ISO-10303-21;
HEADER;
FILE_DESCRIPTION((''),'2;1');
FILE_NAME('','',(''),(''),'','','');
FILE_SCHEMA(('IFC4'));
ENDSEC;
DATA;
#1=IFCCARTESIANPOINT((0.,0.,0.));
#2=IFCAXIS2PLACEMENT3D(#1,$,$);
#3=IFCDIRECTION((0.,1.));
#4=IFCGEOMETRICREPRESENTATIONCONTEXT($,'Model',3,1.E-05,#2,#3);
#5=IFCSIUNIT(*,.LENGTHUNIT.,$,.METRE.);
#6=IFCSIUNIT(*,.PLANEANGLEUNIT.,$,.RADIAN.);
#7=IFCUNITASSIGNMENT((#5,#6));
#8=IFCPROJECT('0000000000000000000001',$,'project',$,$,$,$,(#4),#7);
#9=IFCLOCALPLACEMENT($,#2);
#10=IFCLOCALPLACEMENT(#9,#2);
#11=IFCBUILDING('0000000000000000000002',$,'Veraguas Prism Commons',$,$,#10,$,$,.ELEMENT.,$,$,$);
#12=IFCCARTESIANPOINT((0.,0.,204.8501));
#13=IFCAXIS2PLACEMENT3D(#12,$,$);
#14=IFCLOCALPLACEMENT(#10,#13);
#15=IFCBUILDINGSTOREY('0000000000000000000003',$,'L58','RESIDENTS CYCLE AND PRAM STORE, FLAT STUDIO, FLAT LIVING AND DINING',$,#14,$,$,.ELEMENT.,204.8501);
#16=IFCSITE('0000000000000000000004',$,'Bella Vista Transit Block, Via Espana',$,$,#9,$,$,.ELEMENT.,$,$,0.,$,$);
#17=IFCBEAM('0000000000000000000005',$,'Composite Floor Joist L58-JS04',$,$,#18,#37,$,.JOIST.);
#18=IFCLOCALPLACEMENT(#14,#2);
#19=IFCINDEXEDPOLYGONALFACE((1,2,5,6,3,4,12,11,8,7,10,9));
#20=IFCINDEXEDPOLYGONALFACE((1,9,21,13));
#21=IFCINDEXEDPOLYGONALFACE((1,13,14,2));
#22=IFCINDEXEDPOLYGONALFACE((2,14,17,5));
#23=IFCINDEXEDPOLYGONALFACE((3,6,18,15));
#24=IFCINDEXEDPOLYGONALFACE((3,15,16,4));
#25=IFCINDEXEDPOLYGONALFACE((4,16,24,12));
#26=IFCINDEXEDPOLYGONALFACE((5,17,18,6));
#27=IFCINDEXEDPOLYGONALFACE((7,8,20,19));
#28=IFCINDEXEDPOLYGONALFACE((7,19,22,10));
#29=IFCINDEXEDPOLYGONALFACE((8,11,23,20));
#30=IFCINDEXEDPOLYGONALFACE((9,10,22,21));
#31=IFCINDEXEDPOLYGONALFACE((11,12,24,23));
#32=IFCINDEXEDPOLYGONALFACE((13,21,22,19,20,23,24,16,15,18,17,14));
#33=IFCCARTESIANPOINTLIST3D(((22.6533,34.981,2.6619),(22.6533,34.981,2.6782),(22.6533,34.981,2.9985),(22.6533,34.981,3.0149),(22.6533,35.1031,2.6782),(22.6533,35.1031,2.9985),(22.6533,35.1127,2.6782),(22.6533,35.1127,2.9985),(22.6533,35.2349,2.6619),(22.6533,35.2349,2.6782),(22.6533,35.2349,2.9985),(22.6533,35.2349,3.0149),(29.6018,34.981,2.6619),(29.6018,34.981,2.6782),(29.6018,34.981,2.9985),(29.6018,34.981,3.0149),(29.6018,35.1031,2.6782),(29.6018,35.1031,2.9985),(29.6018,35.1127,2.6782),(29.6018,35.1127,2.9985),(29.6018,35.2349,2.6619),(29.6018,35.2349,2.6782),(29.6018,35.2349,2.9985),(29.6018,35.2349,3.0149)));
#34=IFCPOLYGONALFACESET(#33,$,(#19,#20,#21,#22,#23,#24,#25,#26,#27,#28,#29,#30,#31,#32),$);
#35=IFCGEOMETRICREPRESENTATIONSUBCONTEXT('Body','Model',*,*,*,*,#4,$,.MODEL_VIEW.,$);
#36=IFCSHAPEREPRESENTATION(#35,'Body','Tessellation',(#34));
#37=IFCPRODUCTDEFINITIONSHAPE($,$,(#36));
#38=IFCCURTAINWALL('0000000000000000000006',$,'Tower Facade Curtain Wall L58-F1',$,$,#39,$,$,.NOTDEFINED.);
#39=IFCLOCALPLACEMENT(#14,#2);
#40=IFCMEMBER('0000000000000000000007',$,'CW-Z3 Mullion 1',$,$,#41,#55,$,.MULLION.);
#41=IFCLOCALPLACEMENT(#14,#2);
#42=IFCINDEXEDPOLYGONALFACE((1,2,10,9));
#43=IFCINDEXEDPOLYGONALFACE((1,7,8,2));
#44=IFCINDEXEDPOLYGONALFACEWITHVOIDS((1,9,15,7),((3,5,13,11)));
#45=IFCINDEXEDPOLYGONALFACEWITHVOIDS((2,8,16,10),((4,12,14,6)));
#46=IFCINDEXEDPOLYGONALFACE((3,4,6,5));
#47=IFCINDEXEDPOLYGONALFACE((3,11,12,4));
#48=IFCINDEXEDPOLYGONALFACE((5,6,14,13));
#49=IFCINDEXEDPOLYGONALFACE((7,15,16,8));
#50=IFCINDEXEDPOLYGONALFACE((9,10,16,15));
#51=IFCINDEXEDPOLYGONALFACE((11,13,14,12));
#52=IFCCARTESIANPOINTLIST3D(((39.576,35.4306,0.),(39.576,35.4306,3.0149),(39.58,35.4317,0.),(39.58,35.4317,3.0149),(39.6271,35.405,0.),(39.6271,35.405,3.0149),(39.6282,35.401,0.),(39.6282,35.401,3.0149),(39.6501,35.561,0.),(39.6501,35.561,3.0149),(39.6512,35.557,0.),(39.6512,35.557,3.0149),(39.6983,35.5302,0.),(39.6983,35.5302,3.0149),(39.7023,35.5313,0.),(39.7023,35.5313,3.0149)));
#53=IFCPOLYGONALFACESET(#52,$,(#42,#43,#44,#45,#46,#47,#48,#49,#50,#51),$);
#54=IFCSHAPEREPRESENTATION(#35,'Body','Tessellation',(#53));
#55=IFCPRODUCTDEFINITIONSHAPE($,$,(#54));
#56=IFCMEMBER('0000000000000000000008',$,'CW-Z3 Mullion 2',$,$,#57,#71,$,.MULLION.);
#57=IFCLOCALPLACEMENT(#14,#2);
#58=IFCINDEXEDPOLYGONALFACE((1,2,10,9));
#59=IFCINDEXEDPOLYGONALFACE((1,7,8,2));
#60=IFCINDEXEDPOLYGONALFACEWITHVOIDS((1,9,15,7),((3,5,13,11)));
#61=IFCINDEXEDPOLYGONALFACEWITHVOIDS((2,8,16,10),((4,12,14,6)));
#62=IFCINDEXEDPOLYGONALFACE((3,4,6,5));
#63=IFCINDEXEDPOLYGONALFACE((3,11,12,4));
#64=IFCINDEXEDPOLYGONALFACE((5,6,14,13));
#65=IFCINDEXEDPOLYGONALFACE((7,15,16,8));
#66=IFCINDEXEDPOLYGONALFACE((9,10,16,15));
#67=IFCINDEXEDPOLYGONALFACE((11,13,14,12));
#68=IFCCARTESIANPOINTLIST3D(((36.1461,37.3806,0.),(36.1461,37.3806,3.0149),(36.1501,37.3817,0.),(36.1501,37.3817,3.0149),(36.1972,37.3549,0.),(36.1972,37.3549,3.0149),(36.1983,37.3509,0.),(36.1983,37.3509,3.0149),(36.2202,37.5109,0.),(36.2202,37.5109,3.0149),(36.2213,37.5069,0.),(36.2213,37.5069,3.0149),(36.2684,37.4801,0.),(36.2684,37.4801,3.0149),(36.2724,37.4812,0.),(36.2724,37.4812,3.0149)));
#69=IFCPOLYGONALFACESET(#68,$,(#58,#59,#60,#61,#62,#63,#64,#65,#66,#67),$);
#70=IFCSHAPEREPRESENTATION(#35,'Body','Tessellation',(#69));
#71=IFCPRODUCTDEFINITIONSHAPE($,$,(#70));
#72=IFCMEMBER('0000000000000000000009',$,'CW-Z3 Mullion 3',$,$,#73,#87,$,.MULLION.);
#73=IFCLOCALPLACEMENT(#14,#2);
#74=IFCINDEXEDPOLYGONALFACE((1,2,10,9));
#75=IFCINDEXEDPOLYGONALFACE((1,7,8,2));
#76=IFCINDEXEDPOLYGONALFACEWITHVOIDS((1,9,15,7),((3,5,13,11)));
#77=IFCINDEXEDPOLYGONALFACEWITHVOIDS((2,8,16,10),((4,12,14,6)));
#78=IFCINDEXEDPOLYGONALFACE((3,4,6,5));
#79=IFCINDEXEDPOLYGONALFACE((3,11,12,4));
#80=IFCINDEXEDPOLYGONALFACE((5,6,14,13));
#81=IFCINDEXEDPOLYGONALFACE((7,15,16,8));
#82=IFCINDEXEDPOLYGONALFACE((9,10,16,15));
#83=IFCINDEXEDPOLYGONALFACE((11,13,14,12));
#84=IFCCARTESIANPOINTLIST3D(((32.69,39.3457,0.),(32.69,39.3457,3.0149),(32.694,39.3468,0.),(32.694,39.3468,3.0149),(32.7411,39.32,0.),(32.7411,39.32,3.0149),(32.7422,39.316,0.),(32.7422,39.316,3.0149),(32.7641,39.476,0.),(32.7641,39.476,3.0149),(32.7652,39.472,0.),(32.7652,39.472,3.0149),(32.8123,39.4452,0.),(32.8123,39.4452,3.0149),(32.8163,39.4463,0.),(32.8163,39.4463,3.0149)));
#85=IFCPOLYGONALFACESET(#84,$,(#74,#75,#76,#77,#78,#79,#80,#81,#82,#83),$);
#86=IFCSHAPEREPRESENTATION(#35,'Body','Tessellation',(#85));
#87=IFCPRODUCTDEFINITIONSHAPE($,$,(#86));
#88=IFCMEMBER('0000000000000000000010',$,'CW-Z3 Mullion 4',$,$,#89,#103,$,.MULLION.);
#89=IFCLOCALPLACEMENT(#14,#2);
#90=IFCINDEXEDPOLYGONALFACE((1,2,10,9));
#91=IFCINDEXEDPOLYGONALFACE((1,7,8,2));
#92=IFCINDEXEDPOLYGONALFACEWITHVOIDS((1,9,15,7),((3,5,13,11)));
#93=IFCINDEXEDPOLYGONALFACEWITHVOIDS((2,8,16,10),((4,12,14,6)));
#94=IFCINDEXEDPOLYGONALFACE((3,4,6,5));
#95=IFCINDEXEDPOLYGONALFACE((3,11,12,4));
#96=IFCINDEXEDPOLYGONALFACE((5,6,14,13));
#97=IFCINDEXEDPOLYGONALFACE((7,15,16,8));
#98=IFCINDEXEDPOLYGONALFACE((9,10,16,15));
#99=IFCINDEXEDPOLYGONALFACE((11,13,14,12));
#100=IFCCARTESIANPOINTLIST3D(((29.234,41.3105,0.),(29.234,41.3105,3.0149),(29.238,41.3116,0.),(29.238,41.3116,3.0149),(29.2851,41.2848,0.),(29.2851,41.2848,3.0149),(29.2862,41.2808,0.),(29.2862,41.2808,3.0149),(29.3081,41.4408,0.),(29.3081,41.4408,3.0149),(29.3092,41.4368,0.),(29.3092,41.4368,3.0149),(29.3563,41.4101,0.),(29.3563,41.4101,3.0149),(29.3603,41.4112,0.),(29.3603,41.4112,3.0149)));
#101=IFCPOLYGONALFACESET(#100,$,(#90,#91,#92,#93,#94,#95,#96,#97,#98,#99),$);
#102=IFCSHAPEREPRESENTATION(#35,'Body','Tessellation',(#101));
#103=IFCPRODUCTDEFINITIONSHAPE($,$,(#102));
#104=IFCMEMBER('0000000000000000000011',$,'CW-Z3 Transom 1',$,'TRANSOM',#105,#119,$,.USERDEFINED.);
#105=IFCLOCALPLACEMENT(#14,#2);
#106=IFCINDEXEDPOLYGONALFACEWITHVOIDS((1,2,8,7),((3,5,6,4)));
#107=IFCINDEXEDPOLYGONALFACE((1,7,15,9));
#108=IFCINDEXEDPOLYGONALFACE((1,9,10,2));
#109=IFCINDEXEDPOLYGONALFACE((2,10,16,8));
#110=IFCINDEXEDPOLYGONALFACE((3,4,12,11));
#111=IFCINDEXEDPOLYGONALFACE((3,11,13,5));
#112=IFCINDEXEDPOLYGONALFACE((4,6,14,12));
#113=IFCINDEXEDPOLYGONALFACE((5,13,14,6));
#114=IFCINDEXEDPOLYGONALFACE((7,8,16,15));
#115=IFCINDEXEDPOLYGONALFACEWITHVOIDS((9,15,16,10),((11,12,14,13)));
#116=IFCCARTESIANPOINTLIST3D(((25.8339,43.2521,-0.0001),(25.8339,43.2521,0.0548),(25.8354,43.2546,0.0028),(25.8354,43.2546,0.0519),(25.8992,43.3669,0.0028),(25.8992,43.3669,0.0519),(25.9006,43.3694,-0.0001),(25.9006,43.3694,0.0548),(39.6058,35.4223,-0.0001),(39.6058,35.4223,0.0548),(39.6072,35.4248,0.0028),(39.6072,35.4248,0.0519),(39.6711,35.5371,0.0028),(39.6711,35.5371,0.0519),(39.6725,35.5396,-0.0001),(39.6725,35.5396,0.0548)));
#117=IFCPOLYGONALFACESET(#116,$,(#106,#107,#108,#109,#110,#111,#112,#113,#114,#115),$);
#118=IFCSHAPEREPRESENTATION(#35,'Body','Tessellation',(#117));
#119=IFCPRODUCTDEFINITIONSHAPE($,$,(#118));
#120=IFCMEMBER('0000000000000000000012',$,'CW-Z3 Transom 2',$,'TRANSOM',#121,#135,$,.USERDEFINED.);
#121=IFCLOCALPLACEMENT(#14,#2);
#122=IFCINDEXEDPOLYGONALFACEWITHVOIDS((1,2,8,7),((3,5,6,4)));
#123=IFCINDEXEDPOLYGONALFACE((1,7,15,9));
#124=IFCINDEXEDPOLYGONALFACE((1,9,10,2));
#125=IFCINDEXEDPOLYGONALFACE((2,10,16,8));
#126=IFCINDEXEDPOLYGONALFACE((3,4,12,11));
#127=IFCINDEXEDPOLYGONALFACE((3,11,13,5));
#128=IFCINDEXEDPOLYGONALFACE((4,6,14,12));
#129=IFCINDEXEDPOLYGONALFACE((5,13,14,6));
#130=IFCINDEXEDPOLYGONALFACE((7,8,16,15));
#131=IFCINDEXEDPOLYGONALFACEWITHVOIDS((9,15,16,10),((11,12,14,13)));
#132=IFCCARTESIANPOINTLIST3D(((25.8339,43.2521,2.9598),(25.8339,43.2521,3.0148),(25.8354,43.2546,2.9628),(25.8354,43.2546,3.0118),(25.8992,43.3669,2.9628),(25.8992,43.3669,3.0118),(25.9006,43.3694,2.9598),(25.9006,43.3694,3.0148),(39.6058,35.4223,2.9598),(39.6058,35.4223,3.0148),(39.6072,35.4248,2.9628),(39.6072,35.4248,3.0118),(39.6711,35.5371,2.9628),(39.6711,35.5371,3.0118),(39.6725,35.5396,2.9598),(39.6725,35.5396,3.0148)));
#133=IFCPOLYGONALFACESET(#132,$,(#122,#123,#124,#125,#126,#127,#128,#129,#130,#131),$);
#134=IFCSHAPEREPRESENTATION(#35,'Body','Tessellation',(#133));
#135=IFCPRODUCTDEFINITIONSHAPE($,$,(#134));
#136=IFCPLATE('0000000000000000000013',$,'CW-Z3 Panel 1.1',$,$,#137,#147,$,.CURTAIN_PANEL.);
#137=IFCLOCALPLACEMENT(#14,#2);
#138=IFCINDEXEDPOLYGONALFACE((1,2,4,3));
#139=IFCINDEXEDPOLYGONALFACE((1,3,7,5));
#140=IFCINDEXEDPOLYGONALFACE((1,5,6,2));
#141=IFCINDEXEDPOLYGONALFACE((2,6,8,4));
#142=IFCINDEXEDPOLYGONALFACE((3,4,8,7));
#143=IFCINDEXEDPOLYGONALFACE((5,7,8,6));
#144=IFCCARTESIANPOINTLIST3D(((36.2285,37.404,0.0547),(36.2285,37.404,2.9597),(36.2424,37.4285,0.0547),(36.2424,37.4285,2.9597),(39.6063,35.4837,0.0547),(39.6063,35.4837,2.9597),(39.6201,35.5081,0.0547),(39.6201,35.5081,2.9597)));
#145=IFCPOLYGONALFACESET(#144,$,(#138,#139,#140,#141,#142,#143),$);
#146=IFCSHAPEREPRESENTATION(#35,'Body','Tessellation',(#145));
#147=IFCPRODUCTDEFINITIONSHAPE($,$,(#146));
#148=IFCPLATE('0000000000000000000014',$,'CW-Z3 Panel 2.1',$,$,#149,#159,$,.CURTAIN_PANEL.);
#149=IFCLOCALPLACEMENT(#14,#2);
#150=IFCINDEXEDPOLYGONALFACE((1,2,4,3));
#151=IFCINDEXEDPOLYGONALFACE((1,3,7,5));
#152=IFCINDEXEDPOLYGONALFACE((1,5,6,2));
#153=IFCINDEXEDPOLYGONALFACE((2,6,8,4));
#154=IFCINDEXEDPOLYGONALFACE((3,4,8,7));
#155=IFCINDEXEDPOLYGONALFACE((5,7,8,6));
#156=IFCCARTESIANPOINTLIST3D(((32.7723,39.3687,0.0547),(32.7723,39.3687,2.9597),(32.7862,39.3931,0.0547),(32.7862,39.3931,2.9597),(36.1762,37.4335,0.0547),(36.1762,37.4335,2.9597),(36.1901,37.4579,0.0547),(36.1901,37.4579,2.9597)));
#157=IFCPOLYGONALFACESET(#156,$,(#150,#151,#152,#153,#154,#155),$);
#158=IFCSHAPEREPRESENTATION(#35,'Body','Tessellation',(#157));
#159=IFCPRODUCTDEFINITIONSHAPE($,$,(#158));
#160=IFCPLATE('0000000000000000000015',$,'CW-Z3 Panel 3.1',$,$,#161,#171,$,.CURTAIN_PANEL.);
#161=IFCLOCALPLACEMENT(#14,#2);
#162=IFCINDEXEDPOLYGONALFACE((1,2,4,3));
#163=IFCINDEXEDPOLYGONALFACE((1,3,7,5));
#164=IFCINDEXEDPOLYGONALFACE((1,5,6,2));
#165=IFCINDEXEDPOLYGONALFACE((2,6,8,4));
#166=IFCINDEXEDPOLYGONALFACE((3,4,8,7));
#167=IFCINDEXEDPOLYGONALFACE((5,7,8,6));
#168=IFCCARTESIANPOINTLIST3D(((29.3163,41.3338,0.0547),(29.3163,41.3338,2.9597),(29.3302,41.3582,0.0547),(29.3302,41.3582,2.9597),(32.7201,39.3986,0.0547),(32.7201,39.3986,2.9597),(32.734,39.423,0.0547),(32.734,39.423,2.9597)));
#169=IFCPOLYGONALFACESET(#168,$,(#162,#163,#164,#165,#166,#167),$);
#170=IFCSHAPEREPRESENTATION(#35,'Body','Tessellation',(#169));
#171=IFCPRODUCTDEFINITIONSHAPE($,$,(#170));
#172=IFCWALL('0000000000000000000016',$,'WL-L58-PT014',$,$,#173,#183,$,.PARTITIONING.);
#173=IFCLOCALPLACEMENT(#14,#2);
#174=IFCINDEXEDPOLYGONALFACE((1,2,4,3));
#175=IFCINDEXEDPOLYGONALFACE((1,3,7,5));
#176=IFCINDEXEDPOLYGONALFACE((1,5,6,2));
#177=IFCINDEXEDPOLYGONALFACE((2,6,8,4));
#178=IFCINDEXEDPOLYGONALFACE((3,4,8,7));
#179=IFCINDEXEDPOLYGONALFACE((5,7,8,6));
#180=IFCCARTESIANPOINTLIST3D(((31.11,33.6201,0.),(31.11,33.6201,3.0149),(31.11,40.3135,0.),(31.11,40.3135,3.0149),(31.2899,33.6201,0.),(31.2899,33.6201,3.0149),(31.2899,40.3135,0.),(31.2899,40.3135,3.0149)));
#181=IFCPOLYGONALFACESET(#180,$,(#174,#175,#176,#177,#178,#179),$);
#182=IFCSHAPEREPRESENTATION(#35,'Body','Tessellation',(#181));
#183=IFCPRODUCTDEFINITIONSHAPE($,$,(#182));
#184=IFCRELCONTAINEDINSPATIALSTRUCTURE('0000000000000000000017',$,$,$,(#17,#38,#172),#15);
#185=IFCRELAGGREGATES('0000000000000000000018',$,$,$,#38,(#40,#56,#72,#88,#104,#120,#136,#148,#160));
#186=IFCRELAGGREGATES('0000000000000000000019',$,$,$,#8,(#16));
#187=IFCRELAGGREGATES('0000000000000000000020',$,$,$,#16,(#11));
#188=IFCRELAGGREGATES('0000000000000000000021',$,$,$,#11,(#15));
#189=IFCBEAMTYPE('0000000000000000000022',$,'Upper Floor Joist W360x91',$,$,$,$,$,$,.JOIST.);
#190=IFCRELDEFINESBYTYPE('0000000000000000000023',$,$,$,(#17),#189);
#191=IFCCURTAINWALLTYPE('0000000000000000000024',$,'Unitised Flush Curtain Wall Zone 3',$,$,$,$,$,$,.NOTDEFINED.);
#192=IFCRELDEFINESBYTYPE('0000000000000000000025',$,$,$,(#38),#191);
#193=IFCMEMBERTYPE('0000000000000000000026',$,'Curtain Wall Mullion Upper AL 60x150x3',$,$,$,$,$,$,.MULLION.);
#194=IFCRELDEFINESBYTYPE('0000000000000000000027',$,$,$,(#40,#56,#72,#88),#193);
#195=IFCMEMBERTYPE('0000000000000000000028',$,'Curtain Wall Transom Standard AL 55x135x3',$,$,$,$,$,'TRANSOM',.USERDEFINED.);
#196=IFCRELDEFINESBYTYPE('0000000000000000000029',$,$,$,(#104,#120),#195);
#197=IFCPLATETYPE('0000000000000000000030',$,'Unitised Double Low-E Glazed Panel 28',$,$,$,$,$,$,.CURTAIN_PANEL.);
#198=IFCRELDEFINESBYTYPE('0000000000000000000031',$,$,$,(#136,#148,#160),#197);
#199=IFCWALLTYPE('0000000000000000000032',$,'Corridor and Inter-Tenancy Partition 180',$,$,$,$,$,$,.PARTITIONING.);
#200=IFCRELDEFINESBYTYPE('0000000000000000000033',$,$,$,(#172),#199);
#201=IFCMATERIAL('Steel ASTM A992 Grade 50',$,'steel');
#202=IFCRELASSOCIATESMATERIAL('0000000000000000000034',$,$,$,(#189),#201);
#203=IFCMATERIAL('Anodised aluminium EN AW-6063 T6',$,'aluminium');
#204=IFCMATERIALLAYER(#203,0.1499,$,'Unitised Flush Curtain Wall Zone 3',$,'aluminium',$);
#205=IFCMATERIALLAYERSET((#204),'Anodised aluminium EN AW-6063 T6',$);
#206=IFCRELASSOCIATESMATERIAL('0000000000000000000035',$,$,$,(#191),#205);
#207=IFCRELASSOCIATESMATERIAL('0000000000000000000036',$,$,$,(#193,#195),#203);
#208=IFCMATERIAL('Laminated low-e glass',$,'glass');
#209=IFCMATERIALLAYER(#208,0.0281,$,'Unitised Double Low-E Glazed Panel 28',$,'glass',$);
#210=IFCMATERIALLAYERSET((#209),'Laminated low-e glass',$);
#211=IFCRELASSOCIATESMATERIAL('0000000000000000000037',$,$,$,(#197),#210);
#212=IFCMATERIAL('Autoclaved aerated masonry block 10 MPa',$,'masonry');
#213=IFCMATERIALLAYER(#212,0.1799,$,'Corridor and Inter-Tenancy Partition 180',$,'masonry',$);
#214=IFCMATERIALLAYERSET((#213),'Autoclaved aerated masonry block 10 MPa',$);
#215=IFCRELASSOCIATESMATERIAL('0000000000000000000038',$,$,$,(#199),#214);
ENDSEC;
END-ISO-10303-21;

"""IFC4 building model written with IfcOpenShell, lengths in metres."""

from ifc_helpers import new_model, si_unit, direction, frame, frame_2d, origin, origin_2d, place, context, subcontext, project, spatial, rectangle, hollow_rectangle, i_section, extrude, source, transform, mapped, material, layer, layer_set, material_profile, profile_set, type_object, element, aggregate, save


model = new_model("IFC4")

# Units and contexts
model_context = context("Model", 3, precision=1e-05, world=origin(), true_north=direction((0.0, 1.0)))
body_context = subcontext(model_context, "Body", "Model", "MODEL_VIEW")
ifc_project = project(units=[si_unit("LENGTHUNIT", "METRE"), si_unit("PLANEANGLEUNIT", "RADIAN")], contexts=[model_context])

# Site, building, storey
site_placement = place(None, origin())
site = spatial("IfcSite", under=ifc_project, at=site_placement, Name="Bella Vista Transit Block, Via Espana", CompositionType="ELEMENT", RefElevation=0.0)
building_placement = place(site_placement, origin())
building = spatial("IfcBuilding", under=site, at=building_placement, Name="Veraguas Prism Commons", CompositionType="ELEMENT")
storey_placement = place(building_placement, frame((0.0, 0.0, 204.8501)))
storey = spatial("IfcBuildingStorey", under=building, at=storey_placement, Name="L58", Description="RESIDENTS CYCLE AND PRAM STORE, FLAT STUDIO, FLAT LIVING AND DINING", CompositionType="ELEMENT", Elevation=204.8501)

# Beam
ifc_material_1 = material(Name="Steel ASTM A992 Grade 50", Category="steel")
ifc_material_profile_1 = material_profile(ifc_material_1, i_section(OverallWidth=0.2539, OverallDepth=0.353, WebThickness=0.0095, FlangeThickness=0.0164, at=origin_2d()), Name="W360X91")
ifc_profile_set_1 = profile_set([ifc_material_profile_1], Name="Steel ASTM A992 Grade 50")
beam_type = type_object("IfcBeamType", Name="Upper Floor Joist W360x91", PredefinedType="JOIST", material=ifc_profile_set_1)
beam_placement = place(storey_placement, frame((29.6018, 35.1079, 2.8384), z_axis=(-1.0, 0.0, 0.0), x_axis=(0.0, -1.0, 0.0)))
element("IfcBeam", 1, at=beam_placement, inside=storey, type_object=beam_type, Name="Composite Floor Joist L58-JS04", PredefinedType="JOIST", context=body_context, shape_type="SweptSolid", body=[
    extrude(i_section(OverallWidth=0.2539, OverallDepth=0.353, WebThickness=0.0095, FlangeThickness=0.0164, at=origin_2d()), origin(), (0.0, 0.0, 1.0), 6.9485),
])

# Curtain wall, members, plates
ifc_material_2 = material(Name="Anodised aluminium EN AW-6063 T6", Category="aluminium")
ifc_layer_1 = layer(ifc_material_2, 0.1499, Name="Unitised Flush Curtain Wall Zone 3", Category="aluminium")
ifc_layer_set_1 = layer_set([ifc_layer_1], Name="Anodised aluminium EN AW-6063 T6")
curtain_wall_type = type_object("IfcCurtainWallType", Name="Unitised Flush Curtain Wall Zone 3", PredefinedType="NOTDEFINED", material=ifc_layer_set_1)
curtain_wall_placement = place(storey_placement, origin())
curtain_wall = element("IfcCurtainWall", 2, at=curtain_wall_placement, inside=storey, type_object=curtain_wall_type, Name="Tower Facade Curtain Wall L58-F1", PredefinedType="NOTDEFINED")
ifc_material_profile_2 = material_profile(ifc_material_2, hollow_rectangle(XDim=0.0601, YDim=0.1499, WallThickness=0.0029, at=origin_2d()), Name="AL60X150X3")
ifc_profile_set_2 = profile_set([ifc_material_profile_2], Name="Anodised aluminium EN AW-6063 T6")
member_type_1 = type_object("IfcMemberType", Name="Curtain Wall Mullion Upper AL 60x150x3", PredefinedType="MULLION", material=ifc_profile_set_2)
shared_shape_1 = source(origin(), body_context, "Body", "SweptSolid", [
    extrude(hollow_rectangle(XDim=0.0601, YDim=0.1499, WallThickness=0.0029, at=origin_2d()), origin(), (0.0, 0.0, 1.0), 3.0149),
])
member_1_placement = place(storey_placement, frame((39.6392, 35.481, 0.0), z_axis=(0.0, 0.0, 1.0), x_axis=(-0.869323, 0.494244, 0.0)))
member_1 = element("IfcMember", 3, at=member_1_placement, type_object=member_type_1, Name="CW-Z3 Mullion 1", PredefinedType="MULLION", context=body_context, shape_type="MappedRepresentation", body=[
    mapped(shared_shape_1, transform((0.0, 0.0, 0.0), scale=1.0)),
])
member_2_placement = place(storey_placement, frame((36.2092, 37.4309, 0.0), z_axis=(0.0, 0.0, 1.0), x_axis=(-0.869323, 0.494244, 0.0)))
member_2 = element("IfcMember", 4, at=member_2_placement, type_object=member_type_1, Name="CW-Z3 Mullion 2", PredefinedType="MULLION", context=body_context, shape_type="MappedRepresentation", body=[
    mapped(shared_shape_1, transform((0.0, 0.0, 0.0), scale=1.0)),
])
member_3_placement = place(storey_placement, frame((32.7532, 39.396, 0.0), z_axis=(0.0, 0.0, 1.0), x_axis=(-0.869323, 0.494244, 0.0)))
member_3 = element("IfcMember", 5, at=member_3_placement, type_object=member_type_1, Name="CW-Z3 Mullion 3", PredefinedType="MULLION", context=body_context, shape_type="MappedRepresentation", body=[
    mapped(shared_shape_1, transform((0.0, 0.0, 0.0), scale=1.0)),
])
member_4_placement = place(storey_placement, frame((29.2971, 41.3608, 0.0), z_axis=(0.0, 0.0, 1.0), x_axis=(-0.869323, 0.494244, 0.0)))
member_4 = element("IfcMember", 6, at=member_4_placement, type_object=member_type_1, Name="CW-Z3 Mullion 4", PredefinedType="MULLION", context=body_context, shape_type="MappedRepresentation", body=[
    mapped(shared_shape_1, transform((0.0, 0.0, 0.0), scale=1.0)),
])
ifc_material_profile_3 = material_profile(ifc_material_2, hollow_rectangle(XDim=0.0549, YDim=0.135, WallThickness=0.0029, at=origin_2d()), Name="AL55X135X3")
ifc_profile_set_3 = profile_set([ifc_material_profile_3], Name="Anodised aluminium EN AW-6063 T6")
member_type_2 = type_object("IfcMemberType", Name="Curtain Wall Transom Standard AL 55x135x3", ElementType="TRANSOM", PredefinedType="USERDEFINED", material=ifc_profile_set_3)
shared_shape_2 = source(origin(), body_context, "Body", "SweptSolid", [
    extrude(hollow_rectangle(XDim=0.0549, YDim=0.135, WallThickness=0.0029, at=origin_2d()), origin(), (0.0, 0.0, 1.0), 15.842),
])
member_5_placement = place(storey_placement, frame((39.6392, 35.481, 0.0273), z_axis=(-0.869325, 0.494241, 0.0), x_axis=(0.0, 0.0, 1.0)))
member_5 = element("IfcMember", 7, at=member_5_placement, type_object=member_type_2, Name="CW-Z3 Transom 1", ObjectType="TRANSOM", PredefinedType="USERDEFINED", context=body_context, shape_type="MappedRepresentation", body=[
    mapped(shared_shape_2, transform((0.0, 0.0, 0.0), scale=1.0)),
])
member_6_placement = place(storey_placement, frame((39.6392, 35.481, 2.9873), z_axis=(-0.869325, 0.494241, 0.0), x_axis=(0.0, 0.0, 1.0)))
member_6 = element("IfcMember", 8, at=member_6_placement, type_object=member_type_2, Name="CW-Z3 Transom 2", ObjectType="TRANSOM", PredefinedType="USERDEFINED", context=body_context, shape_type="MappedRepresentation", body=[
    mapped(shared_shape_2, transform((0.0, 0.0, 0.0), scale=1.0)),
])
ifc_material_3 = material(Name="Laminated low-e glass", Category="glass")
ifc_layer_2 = layer(ifc_material_3, 0.0281, Name="Unitised Double Low-E Glazed Panel 28", Category="glass")
ifc_layer_set_2 = layer_set([ifc_layer_2], Name="Laminated low-e glass")
plate_type = type_object("IfcPlateType", Name="Unitised Double Low-E Glazed Panel 28", PredefinedType="CURTAIN_PANEL", material=ifc_layer_set_2)
shared_shape_3 = source(origin(), body_context, "Body", "SweptSolid", [
    extrude(rectangle(XDim=3.8855, YDim=0.0281, at=origin_2d()), origin(), (0.0, 0.0, 1.0), 2.905),
])
plate_1_placement = place(storey_placement, frame((37.9243, 36.4561, 0.0547), z_axis=(0.0, 0.0, 1.0), x_axis=(-0.869323, 0.494244, 0.0)))
plate_1 = element("IfcPlate", 9, at=plate_1_placement, type_object=plate_type, Name="CW-Z3 Panel 1.1", PredefinedType="CURTAIN_PANEL", context=body_context, shape_type="MappedRepresentation", body=[
    mapped(shared_shape_3, transform((0.0, 0.0, 0.0), scale=1.0)),
])
shared_shape_4 = source(origin(), body_context, "Body", "SweptSolid", [
    extrude(rectangle(XDim=3.9155, YDim=0.0281, at=origin_2d()), origin(), (0.0, 0.0, 1.0), 2.905),
])
plate_2_placement = place(storey_placement, frame((34.4812, 38.4133, 0.0547), z_axis=(0.0, 0.0, 1.0), x_axis=(-0.869323, 0.494244, 0.0)))
plate_2 = element("IfcPlate", 10, at=plate_2_placement, type_object=plate_type, Name="CW-Z3 Panel 2.1", PredefinedType="CURTAIN_PANEL", context=body_context, shape_type="MappedRepresentation", body=[
    mapped(shared_shape_4, transform((0.0, 0.0, 0.0), scale=1.0)),
])
plate_3_placement = place(storey_placement, frame((31.0251, 40.3784, 0.0547), z_axis=(0.0, 0.0, 1.0), x_axis=(-0.869323, 0.494244, 0.0)))
plate_3 = element("IfcPlate", 11, at=plate_3_placement, type_object=plate_type, Name="CW-Z3 Panel 3.1", PredefinedType="CURTAIN_PANEL", context=body_context, shape_type="MappedRepresentation", body=[
    mapped(shared_shape_4, transform((0.0, 0.0, 0.0), scale=1.0)),
])
aggregate(curtain_wall, [member_1, member_2, member_3, member_4, member_5, member_6, plate_1, plate_2, plate_3])

# Wall
ifc_material_4 = material(Name="Autoclaved aerated masonry block 10 MPa", Category="masonry")
ifc_layer_3 = layer(ifc_material_4, 0.1799, Name="Corridor and Inter-Tenancy Partition 180", Category="masonry")
ifc_layer_set_3 = layer_set([ifc_layer_3], Name="Autoclaved aerated masonry block 10 MPa")
wall_type_1 = type_object("IfcWallType", Name="Corridor and Inter-Tenancy Partition 180", PredefinedType="PARTITIONING", material=ifc_layer_set_3)
wall_1_placement = place(storey_placement, frame((31.2, 33.6201, 0.0), z_axis=(0.0, 0.0, 1.0), x_axis=(0.0, 1.0, 0.0)))
element("IfcWall", 12, at=wall_1_placement, inside=storey, type_object=wall_type_1, Name="WL-L58-PT014", PredefinedType="PARTITIONING", context=body_context, shape_type="SweptSolid", body=[
    extrude(rectangle(XDim=6.6934, YDim=0.1799, at=frame_2d((3.3467, 0.0))), origin(), (0.0, 0.0, 1.0), 3.0149),
])

save(model, "model.ifc")
